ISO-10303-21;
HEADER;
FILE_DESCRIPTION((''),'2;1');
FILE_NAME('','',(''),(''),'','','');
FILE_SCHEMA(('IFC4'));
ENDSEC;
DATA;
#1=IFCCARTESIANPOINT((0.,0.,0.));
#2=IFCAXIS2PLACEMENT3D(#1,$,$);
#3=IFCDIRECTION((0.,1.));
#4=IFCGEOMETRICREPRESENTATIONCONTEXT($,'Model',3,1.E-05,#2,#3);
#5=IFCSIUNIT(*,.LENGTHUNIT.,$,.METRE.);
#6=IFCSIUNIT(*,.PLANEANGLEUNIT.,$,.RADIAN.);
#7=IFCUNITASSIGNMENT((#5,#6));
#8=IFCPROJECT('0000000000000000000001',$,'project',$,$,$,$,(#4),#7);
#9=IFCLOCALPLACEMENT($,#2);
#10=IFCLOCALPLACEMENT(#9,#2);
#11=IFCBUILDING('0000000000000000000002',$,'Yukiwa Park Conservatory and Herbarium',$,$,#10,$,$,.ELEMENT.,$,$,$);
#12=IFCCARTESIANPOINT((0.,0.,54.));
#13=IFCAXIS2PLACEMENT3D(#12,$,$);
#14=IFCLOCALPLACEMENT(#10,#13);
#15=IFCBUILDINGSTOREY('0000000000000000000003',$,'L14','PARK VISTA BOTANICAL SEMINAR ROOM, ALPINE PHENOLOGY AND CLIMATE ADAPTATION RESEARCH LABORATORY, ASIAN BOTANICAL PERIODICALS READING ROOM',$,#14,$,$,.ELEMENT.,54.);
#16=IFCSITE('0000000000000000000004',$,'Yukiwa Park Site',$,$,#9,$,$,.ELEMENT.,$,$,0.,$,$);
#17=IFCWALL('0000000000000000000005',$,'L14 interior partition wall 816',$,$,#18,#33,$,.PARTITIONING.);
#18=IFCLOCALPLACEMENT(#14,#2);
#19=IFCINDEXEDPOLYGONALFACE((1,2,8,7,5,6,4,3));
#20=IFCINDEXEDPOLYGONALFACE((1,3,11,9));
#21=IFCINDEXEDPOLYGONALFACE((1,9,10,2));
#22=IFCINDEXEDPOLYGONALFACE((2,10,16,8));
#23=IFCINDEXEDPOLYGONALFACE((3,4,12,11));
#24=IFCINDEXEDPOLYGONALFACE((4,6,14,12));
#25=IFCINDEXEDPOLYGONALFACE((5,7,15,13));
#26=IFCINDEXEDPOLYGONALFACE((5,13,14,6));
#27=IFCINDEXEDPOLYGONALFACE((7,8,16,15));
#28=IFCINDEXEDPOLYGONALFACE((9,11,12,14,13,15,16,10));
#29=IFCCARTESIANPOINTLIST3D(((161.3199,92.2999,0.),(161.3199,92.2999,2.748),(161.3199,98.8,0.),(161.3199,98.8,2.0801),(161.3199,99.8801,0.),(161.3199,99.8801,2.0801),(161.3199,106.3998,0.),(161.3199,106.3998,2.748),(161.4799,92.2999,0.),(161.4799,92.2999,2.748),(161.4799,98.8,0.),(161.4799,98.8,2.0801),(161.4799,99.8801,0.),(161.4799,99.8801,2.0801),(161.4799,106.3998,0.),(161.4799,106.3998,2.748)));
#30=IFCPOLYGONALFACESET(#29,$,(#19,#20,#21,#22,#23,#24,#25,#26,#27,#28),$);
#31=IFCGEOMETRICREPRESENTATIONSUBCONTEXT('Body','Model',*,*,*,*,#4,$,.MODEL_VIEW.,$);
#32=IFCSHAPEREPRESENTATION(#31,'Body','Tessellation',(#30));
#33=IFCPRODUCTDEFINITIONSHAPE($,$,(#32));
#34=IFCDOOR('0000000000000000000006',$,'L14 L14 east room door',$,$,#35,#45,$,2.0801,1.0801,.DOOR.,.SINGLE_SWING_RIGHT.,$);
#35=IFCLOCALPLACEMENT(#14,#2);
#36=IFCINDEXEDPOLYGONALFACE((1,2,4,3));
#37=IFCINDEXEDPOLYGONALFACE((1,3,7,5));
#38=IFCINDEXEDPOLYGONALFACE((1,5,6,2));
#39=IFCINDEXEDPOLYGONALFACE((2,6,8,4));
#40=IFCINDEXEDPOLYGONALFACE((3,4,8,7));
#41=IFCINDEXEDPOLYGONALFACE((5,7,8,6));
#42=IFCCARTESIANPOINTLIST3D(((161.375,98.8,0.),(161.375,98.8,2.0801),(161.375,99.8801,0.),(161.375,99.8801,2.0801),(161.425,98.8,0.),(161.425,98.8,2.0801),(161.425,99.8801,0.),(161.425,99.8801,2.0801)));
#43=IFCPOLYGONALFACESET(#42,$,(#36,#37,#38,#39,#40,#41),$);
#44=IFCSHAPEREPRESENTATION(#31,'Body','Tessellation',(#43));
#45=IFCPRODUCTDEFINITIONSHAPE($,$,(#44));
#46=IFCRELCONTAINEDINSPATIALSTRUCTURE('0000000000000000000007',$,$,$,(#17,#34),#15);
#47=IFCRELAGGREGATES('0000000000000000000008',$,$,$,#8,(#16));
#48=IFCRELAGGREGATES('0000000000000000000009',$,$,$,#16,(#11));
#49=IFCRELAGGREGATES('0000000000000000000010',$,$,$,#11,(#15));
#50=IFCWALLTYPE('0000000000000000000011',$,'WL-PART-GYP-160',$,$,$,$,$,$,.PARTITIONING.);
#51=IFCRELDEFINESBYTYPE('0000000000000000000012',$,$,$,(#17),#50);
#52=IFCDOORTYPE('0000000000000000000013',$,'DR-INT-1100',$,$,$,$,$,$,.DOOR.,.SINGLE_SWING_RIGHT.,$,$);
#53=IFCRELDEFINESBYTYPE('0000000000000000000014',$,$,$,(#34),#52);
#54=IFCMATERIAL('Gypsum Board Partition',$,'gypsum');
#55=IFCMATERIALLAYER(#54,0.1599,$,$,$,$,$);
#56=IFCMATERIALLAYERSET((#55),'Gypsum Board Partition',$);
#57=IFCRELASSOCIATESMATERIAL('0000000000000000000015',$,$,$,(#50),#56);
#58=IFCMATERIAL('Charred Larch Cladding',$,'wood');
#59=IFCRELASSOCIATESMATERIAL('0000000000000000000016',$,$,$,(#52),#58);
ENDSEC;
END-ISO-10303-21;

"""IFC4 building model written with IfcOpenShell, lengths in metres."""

from ifc_helpers import new_model, si_unit, direction, frame, frame_2d, origin, place, context, subcontext, project, spatial, rectangle, extrude, material, layer, layer_set, type_object, element, fill, save


model = new_model("IFC4")

# Units and contexts
model_context = context("Model", 3, precision=1e-05, world=origin(), true_north=direction((0.0, 1.0)))
body_context = subcontext(model_context, "Body", "Model", "MODEL_VIEW")
ifc_project = project(units=[si_unit("LENGTHUNIT", "METRE"), si_unit("PLANEANGLEUNIT", "RADIAN")], contexts=[model_context])

# Site, building, storey
site_placement = place(None, origin())
site = spatial("IfcSite", under=ifc_project, at=site_placement, Name="Yukiwa Park Site", CompositionType="ELEMENT", RefElevation=0.0)
building_placement = place(site_placement, origin())
building = spatial("IfcBuilding", under=site, at=building_placement, Name="Yukiwa Park Conservatory and Herbarium", CompositionType="ELEMENT")
storey_placement = place(building_placement, frame((0.0, 0.0, 54.0)))
storey = spatial("IfcBuildingStorey", under=building, at=storey_placement, Name="L14", Description="PARK VISTA BOTANICAL SEMINAR ROOM, ALPINE PHENOLOGY AND CLIMATE ADAPTATION RESEARCH LABORATORY, ASIAN BOTANICAL PERIODICALS READING ROOM", CompositionType="ELEMENT", Elevation=54.0)

# Wall, opening, door
ifc_material_1 = material(Name="Gypsum Board Partition", Category="gypsum")
ifc_layer_1 = layer(ifc_material_1, 0.1599)
ifc_layer_set_1 = layer_set([ifc_layer_1], Name="Gypsum Board Partition")
wall_type = type_object("IfcWallType", Name="WL-PART-GYP-160", PredefinedType="PARTITIONING", material=ifc_layer_set_1)
wall_placement = place(storey_placement, frame((161.3999, 92.3, 0.0), z_axis=(0.0, 0.0, 1.0), x_axis=(0.0, 1.0, 0.0)))
wall = element("IfcWall", 1, at=wall_placement, inside=storey, type_object=wall_type, Name="L14 interior partition wall 816", PredefinedType="PARTITIONING", context=body_context, shape_type="SweptSolid", body=[
    extrude(rectangle(XDim=14.0999, YDim=0.1599, at=frame_2d((7.0498, 0.0))), origin(), (0.0, 0.0, 1.0), 2.748),
])
opening_placement = place(wall_placement, frame((6.5, 0.0, 0.0)))
opening = element("IfcOpeningElement", 2, at=opening_placement, cuts=wall, PredefinedType="OPENING", context=body_context, shape_type="SweptSolid", body=[
    extrude(rectangle(XDim=1.0801, YDim=2.0801, at=frame_2d((0.54, 1.04))), frame((0.0, 0.0898, 0.0), z_axis=(0.0, -1.0, 0.0), x_axis=(1.0, 0.0, 0.0)), (0.0, 0.0, 1.0), 0.1799),
])
ifc_material_2 = material(Name="Charred Larch Cladding", Category="wood")
door_type = type_object("IfcDoorType", Name="DR-INT-1100", OperationType="SINGLE_SWING_RIGHT", PredefinedType="DOOR", material=ifc_material_2)
door_placement = place(opening_placement, origin())
door = element("IfcDoor", 3, at=door_placement, inside=storey, type_object=door_type, Name="L14 L14 east room door", OperationType="SINGLE_SWING_RIGHT", OverallHeight=2.0801, OverallWidth=1.0801, PredefinedType="DOOR", context=body_context, shape_type="SweptSolid", body=[
    extrude(rectangle(XDim=1.0801, YDim=2.0801, at=frame_2d((0.54, 1.04))), frame((0.0, 0.0249, 0.0), z_axis=(0.0, -1.0, 0.0), x_axis=(1.0, 0.0, 0.0)), (0.0, 0.0, 1.0), 0.05),
])
fill(opening, door)

save(model, "model.ifc")
